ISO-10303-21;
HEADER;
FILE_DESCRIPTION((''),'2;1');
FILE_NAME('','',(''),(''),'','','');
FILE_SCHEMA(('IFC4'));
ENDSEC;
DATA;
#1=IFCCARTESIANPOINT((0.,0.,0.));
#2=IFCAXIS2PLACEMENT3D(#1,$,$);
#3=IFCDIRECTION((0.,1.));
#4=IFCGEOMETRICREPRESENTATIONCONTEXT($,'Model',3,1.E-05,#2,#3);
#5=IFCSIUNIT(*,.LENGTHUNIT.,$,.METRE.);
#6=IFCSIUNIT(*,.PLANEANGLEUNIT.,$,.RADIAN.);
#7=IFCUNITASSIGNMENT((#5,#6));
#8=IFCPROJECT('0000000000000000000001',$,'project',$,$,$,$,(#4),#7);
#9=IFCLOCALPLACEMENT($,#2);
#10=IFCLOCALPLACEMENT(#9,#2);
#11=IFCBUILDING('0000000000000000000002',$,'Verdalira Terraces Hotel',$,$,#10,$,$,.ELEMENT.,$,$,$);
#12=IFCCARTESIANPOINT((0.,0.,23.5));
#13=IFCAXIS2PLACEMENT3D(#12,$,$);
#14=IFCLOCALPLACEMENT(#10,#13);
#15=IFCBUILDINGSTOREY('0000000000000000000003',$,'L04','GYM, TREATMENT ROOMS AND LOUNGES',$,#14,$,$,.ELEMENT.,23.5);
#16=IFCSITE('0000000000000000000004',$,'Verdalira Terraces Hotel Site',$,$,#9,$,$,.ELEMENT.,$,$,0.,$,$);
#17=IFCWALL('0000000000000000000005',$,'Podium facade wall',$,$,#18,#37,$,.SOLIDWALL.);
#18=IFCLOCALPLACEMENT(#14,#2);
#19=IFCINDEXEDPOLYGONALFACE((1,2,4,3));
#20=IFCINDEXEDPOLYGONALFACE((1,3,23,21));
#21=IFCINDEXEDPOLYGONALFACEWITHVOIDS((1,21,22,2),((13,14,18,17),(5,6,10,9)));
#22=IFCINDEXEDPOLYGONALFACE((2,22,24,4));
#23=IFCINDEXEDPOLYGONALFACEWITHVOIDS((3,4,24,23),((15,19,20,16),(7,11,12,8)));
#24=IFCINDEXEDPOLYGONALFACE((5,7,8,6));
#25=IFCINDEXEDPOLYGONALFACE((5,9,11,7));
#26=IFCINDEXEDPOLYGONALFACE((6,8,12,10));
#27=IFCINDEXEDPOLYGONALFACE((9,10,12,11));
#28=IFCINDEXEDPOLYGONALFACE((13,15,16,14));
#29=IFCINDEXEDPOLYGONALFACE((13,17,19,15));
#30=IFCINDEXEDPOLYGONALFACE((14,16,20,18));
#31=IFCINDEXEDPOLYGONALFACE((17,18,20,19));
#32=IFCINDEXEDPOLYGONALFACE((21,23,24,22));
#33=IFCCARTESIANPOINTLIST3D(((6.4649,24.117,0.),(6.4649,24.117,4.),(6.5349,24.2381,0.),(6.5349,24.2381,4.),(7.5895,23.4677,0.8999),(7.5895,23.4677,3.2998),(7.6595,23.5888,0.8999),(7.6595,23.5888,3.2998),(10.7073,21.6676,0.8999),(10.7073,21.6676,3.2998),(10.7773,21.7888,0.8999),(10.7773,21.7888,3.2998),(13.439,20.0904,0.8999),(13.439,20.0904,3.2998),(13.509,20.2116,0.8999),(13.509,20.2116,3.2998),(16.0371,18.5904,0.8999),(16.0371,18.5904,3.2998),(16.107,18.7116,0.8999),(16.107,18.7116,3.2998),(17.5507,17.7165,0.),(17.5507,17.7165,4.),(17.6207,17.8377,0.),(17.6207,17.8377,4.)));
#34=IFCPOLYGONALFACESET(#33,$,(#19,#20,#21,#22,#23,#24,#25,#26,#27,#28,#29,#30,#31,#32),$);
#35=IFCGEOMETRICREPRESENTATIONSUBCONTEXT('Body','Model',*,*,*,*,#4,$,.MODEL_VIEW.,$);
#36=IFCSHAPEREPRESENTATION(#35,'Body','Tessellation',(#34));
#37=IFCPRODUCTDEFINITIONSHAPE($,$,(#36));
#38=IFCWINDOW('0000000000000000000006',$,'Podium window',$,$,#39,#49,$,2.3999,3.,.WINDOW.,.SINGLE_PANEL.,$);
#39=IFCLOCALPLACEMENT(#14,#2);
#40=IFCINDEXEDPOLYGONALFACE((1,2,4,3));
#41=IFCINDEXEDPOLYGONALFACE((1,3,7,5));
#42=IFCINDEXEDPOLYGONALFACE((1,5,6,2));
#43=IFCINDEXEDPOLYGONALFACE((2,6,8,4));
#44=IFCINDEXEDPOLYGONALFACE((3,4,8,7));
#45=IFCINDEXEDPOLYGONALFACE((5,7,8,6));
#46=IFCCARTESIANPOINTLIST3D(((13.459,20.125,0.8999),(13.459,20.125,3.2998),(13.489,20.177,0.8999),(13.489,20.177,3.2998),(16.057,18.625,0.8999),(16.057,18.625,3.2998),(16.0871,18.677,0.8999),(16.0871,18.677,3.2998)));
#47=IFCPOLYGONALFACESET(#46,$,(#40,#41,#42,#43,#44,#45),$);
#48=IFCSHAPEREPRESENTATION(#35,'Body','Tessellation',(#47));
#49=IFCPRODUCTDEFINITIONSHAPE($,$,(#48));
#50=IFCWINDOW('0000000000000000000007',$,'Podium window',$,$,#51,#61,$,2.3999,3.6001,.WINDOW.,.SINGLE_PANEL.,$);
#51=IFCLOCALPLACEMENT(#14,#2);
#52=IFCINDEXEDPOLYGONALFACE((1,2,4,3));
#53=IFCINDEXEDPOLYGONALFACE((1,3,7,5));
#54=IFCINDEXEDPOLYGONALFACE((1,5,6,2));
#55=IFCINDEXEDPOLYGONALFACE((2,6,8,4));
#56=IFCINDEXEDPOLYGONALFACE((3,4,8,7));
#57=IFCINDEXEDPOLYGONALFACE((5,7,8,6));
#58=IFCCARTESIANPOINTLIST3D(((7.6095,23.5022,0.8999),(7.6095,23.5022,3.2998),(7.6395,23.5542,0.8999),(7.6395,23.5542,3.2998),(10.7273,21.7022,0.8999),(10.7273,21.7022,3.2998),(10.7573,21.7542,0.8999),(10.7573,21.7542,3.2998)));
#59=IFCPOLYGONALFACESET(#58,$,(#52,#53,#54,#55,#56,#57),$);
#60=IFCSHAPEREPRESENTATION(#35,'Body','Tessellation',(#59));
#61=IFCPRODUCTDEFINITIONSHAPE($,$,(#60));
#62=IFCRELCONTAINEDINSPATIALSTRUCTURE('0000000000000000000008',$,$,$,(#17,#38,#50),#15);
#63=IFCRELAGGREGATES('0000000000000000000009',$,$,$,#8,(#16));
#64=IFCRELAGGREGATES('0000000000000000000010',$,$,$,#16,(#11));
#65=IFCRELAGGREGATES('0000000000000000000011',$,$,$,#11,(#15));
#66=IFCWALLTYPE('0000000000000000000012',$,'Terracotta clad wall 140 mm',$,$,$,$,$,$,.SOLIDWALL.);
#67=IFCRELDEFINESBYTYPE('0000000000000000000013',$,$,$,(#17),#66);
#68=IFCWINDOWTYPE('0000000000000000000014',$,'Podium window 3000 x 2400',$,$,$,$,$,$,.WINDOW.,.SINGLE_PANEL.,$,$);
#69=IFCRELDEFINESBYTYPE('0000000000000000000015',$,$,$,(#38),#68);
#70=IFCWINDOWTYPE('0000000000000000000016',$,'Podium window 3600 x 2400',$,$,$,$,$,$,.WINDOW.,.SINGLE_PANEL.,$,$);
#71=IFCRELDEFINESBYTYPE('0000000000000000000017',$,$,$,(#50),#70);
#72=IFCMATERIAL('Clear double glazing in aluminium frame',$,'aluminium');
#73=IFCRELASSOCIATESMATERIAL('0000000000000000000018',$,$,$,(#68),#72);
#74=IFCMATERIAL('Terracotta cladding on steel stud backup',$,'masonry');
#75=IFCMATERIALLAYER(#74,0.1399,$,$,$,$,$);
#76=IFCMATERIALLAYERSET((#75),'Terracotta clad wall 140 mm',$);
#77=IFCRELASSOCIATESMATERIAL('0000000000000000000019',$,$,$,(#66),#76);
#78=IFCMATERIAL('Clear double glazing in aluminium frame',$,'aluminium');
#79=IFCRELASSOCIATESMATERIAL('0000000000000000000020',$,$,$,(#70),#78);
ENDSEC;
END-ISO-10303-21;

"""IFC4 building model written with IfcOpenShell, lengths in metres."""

from ifc_helpers import new_model, si_unit, direction, frame, frame_2d, origin, place, context, subcontext, project, spatial, rectangle, extrude, material, layer, layer_set, type_object, element, fill, save


model = new_model("IFC4")

# Units and contexts
model_context = context("Model", 3, precision=1e-05, world=origin(), true_north=direction((0.0, 1.0)))
body_context = subcontext(model_context, "Body", "Model", "MODEL_VIEW")
ifc_project = project(units=[si_unit("LENGTHUNIT", "METRE"), si_unit("PLANEANGLEUNIT", "RADIAN")], contexts=[model_context])

# Site, building, storey
site_placement = place(None, origin())
site = spatial("IfcSite", under=ifc_project, at=site_placement, Name="Verdalira Terraces Hotel Site", CompositionType="ELEMENT", RefElevation=0.0)
building_placement = place(site_placement, origin())
building = spatial("IfcBuilding", under=site, at=building_placement, Name="Verdalira Terraces Hotel", CompositionType="ELEMENT")
storey_placement = place(building_placement, frame((0.0, 0.0, 23.5)))
storey = spatial("IfcBuildingStorey", under=building, at=storey_placement, Name="L04", Description="GYM, TREATMENT ROOMS AND LOUNGES", CompositionType="ELEMENT", Elevation=23.5)

# Wall, openings, windows
ifc_material_1 = material(Name="Clear double glazing in aluminium frame", Category="aluminium")
window_type_1 = type_object("IfcWindowType", Name="Podium window 3000 x 2400", PartitioningType="SINGLE_PANEL", PredefinedType="WINDOW", material=ifc_material_1)
ifc_material_2 = material(Name="Terracotta cladding on steel stud backup", Category="masonry")
ifc_layer_1 = layer(ifc_material_2, 0.1399)
ifc_layer_set_1 = layer_set([ifc_layer_1], Name="Terracotta clad wall 140 mm")
wall_type_1 = type_object("IfcWallType", Name="Terracotta clad wall 140 mm", PredefinedType="SOLIDWALL", material=ifc_layer_set_1)
wall_1_placement = place(storey_placement, frame((17.5857, 17.7771, 0.0), z_axis=(0.0, 0.0, 1.0), x_axis=(-0.866023, 0.500004, 0.0)))
wall_1 = element("IfcWall", 1, at=wall_1_placement, inside=storey, type_object=wall_type_1, Name="Podium facade wall", PredefinedType="SOLIDWALL", context=body_context, shape_type="SweptSolid", body=[
    extrude(rectangle(XDim=12.8008, YDim=0.1399, at=frame_2d((6.4004, 0.0))), origin(), (0.0, 0.0, 1.0), 4.0),
])
opening_1_placement = place(wall_1_placement, frame((1.7478, 0.0, 0.8999)))
opening_1 = element("IfcOpeningElement", 2, at=opening_1_placement, cuts=wall_1, PredefinedType="OPENING", context=body_context, shape_type="SweptSolid", body=[
    extrude(rectangle(XDim=3.0, YDim=2.3999, at=frame_2d((1.5, 1.2))), frame((0.0, 0.0798, 0.0), z_axis=(0.0, -1.0, 0.0), x_axis=(1.0, 0.0, 0.0)), (0.0, 0.0, 1.0), 0.1599),
])
opening_2_placement = place(wall_1_placement, frame((7.9021, 0.0, 0.8999)))
opening_2 = element("IfcOpeningElement", 3, at=opening_2_placement, cuts=wall_1, PredefinedType="OPENING", context=body_context, shape_type="SweptSolid", body=[
    extrude(rectangle(XDim=3.6001, YDim=2.3999, at=frame_2d((1.8, 1.2))), frame((0.0, 0.0798, 0.0), z_axis=(0.0, -1.0, 0.0), x_axis=(1.0, 0.0, 0.0)), (0.0, 0.0, 1.0), 0.1599),
])
window_1_placement = place(opening_1_placement, origin())
window_1 = element("IfcWindow", 4, at=window_1_placement, inside=storey, type_object=window_type_1, Name="Podium window", OverallHeight=2.3999, OverallWidth=3.0, PartitioningType="SINGLE_PANEL", PredefinedType="WINDOW", context=body_context, shape_type="SweptSolid", body=[
    extrude(rectangle(XDim=3.0, YDim=2.3999, at=frame_2d((1.5, 1.2))), frame((0.0, 0.03, 0.0), z_axis=(0.0, -1.0, 0.0), x_axis=(1.0, 0.0, 0.0)), (0.0, 0.0, 1.0), 0.0601),
])
fill(opening_1, window_1)
ifc_material_3 = material(Name="Clear double glazing in aluminium frame", Category="aluminium")
window_type_2 = type_object("IfcWindowType", Name="Podium window 3600 x 2400", PartitioningType="SINGLE_PANEL", PredefinedType="WINDOW", material=ifc_material_3)
window_2_placement = place(opening_2_placement, origin())
window_2 = element("IfcWindow", 5, at=window_2_placement, inside=storey, type_object=window_type_2, Name="Podium window", OverallHeight=2.3999, OverallWidth=3.6001, PartitioningType="SINGLE_PANEL", PredefinedType="WINDOW", context=body_context, shape_type="SweptSolid", body=[
    extrude(rectangle(XDim=3.6001, YDim=2.3999, at=frame_2d((1.8, 1.2))), frame((0.0, 0.03, 0.0), z_axis=(0.0, -1.0, 0.0), x_axis=(1.0, 0.0, 0.0)), (0.0, 0.0, 1.0), 0.0601),
])
fill(opening_2, window_2)

save(model, "model.ifc")
